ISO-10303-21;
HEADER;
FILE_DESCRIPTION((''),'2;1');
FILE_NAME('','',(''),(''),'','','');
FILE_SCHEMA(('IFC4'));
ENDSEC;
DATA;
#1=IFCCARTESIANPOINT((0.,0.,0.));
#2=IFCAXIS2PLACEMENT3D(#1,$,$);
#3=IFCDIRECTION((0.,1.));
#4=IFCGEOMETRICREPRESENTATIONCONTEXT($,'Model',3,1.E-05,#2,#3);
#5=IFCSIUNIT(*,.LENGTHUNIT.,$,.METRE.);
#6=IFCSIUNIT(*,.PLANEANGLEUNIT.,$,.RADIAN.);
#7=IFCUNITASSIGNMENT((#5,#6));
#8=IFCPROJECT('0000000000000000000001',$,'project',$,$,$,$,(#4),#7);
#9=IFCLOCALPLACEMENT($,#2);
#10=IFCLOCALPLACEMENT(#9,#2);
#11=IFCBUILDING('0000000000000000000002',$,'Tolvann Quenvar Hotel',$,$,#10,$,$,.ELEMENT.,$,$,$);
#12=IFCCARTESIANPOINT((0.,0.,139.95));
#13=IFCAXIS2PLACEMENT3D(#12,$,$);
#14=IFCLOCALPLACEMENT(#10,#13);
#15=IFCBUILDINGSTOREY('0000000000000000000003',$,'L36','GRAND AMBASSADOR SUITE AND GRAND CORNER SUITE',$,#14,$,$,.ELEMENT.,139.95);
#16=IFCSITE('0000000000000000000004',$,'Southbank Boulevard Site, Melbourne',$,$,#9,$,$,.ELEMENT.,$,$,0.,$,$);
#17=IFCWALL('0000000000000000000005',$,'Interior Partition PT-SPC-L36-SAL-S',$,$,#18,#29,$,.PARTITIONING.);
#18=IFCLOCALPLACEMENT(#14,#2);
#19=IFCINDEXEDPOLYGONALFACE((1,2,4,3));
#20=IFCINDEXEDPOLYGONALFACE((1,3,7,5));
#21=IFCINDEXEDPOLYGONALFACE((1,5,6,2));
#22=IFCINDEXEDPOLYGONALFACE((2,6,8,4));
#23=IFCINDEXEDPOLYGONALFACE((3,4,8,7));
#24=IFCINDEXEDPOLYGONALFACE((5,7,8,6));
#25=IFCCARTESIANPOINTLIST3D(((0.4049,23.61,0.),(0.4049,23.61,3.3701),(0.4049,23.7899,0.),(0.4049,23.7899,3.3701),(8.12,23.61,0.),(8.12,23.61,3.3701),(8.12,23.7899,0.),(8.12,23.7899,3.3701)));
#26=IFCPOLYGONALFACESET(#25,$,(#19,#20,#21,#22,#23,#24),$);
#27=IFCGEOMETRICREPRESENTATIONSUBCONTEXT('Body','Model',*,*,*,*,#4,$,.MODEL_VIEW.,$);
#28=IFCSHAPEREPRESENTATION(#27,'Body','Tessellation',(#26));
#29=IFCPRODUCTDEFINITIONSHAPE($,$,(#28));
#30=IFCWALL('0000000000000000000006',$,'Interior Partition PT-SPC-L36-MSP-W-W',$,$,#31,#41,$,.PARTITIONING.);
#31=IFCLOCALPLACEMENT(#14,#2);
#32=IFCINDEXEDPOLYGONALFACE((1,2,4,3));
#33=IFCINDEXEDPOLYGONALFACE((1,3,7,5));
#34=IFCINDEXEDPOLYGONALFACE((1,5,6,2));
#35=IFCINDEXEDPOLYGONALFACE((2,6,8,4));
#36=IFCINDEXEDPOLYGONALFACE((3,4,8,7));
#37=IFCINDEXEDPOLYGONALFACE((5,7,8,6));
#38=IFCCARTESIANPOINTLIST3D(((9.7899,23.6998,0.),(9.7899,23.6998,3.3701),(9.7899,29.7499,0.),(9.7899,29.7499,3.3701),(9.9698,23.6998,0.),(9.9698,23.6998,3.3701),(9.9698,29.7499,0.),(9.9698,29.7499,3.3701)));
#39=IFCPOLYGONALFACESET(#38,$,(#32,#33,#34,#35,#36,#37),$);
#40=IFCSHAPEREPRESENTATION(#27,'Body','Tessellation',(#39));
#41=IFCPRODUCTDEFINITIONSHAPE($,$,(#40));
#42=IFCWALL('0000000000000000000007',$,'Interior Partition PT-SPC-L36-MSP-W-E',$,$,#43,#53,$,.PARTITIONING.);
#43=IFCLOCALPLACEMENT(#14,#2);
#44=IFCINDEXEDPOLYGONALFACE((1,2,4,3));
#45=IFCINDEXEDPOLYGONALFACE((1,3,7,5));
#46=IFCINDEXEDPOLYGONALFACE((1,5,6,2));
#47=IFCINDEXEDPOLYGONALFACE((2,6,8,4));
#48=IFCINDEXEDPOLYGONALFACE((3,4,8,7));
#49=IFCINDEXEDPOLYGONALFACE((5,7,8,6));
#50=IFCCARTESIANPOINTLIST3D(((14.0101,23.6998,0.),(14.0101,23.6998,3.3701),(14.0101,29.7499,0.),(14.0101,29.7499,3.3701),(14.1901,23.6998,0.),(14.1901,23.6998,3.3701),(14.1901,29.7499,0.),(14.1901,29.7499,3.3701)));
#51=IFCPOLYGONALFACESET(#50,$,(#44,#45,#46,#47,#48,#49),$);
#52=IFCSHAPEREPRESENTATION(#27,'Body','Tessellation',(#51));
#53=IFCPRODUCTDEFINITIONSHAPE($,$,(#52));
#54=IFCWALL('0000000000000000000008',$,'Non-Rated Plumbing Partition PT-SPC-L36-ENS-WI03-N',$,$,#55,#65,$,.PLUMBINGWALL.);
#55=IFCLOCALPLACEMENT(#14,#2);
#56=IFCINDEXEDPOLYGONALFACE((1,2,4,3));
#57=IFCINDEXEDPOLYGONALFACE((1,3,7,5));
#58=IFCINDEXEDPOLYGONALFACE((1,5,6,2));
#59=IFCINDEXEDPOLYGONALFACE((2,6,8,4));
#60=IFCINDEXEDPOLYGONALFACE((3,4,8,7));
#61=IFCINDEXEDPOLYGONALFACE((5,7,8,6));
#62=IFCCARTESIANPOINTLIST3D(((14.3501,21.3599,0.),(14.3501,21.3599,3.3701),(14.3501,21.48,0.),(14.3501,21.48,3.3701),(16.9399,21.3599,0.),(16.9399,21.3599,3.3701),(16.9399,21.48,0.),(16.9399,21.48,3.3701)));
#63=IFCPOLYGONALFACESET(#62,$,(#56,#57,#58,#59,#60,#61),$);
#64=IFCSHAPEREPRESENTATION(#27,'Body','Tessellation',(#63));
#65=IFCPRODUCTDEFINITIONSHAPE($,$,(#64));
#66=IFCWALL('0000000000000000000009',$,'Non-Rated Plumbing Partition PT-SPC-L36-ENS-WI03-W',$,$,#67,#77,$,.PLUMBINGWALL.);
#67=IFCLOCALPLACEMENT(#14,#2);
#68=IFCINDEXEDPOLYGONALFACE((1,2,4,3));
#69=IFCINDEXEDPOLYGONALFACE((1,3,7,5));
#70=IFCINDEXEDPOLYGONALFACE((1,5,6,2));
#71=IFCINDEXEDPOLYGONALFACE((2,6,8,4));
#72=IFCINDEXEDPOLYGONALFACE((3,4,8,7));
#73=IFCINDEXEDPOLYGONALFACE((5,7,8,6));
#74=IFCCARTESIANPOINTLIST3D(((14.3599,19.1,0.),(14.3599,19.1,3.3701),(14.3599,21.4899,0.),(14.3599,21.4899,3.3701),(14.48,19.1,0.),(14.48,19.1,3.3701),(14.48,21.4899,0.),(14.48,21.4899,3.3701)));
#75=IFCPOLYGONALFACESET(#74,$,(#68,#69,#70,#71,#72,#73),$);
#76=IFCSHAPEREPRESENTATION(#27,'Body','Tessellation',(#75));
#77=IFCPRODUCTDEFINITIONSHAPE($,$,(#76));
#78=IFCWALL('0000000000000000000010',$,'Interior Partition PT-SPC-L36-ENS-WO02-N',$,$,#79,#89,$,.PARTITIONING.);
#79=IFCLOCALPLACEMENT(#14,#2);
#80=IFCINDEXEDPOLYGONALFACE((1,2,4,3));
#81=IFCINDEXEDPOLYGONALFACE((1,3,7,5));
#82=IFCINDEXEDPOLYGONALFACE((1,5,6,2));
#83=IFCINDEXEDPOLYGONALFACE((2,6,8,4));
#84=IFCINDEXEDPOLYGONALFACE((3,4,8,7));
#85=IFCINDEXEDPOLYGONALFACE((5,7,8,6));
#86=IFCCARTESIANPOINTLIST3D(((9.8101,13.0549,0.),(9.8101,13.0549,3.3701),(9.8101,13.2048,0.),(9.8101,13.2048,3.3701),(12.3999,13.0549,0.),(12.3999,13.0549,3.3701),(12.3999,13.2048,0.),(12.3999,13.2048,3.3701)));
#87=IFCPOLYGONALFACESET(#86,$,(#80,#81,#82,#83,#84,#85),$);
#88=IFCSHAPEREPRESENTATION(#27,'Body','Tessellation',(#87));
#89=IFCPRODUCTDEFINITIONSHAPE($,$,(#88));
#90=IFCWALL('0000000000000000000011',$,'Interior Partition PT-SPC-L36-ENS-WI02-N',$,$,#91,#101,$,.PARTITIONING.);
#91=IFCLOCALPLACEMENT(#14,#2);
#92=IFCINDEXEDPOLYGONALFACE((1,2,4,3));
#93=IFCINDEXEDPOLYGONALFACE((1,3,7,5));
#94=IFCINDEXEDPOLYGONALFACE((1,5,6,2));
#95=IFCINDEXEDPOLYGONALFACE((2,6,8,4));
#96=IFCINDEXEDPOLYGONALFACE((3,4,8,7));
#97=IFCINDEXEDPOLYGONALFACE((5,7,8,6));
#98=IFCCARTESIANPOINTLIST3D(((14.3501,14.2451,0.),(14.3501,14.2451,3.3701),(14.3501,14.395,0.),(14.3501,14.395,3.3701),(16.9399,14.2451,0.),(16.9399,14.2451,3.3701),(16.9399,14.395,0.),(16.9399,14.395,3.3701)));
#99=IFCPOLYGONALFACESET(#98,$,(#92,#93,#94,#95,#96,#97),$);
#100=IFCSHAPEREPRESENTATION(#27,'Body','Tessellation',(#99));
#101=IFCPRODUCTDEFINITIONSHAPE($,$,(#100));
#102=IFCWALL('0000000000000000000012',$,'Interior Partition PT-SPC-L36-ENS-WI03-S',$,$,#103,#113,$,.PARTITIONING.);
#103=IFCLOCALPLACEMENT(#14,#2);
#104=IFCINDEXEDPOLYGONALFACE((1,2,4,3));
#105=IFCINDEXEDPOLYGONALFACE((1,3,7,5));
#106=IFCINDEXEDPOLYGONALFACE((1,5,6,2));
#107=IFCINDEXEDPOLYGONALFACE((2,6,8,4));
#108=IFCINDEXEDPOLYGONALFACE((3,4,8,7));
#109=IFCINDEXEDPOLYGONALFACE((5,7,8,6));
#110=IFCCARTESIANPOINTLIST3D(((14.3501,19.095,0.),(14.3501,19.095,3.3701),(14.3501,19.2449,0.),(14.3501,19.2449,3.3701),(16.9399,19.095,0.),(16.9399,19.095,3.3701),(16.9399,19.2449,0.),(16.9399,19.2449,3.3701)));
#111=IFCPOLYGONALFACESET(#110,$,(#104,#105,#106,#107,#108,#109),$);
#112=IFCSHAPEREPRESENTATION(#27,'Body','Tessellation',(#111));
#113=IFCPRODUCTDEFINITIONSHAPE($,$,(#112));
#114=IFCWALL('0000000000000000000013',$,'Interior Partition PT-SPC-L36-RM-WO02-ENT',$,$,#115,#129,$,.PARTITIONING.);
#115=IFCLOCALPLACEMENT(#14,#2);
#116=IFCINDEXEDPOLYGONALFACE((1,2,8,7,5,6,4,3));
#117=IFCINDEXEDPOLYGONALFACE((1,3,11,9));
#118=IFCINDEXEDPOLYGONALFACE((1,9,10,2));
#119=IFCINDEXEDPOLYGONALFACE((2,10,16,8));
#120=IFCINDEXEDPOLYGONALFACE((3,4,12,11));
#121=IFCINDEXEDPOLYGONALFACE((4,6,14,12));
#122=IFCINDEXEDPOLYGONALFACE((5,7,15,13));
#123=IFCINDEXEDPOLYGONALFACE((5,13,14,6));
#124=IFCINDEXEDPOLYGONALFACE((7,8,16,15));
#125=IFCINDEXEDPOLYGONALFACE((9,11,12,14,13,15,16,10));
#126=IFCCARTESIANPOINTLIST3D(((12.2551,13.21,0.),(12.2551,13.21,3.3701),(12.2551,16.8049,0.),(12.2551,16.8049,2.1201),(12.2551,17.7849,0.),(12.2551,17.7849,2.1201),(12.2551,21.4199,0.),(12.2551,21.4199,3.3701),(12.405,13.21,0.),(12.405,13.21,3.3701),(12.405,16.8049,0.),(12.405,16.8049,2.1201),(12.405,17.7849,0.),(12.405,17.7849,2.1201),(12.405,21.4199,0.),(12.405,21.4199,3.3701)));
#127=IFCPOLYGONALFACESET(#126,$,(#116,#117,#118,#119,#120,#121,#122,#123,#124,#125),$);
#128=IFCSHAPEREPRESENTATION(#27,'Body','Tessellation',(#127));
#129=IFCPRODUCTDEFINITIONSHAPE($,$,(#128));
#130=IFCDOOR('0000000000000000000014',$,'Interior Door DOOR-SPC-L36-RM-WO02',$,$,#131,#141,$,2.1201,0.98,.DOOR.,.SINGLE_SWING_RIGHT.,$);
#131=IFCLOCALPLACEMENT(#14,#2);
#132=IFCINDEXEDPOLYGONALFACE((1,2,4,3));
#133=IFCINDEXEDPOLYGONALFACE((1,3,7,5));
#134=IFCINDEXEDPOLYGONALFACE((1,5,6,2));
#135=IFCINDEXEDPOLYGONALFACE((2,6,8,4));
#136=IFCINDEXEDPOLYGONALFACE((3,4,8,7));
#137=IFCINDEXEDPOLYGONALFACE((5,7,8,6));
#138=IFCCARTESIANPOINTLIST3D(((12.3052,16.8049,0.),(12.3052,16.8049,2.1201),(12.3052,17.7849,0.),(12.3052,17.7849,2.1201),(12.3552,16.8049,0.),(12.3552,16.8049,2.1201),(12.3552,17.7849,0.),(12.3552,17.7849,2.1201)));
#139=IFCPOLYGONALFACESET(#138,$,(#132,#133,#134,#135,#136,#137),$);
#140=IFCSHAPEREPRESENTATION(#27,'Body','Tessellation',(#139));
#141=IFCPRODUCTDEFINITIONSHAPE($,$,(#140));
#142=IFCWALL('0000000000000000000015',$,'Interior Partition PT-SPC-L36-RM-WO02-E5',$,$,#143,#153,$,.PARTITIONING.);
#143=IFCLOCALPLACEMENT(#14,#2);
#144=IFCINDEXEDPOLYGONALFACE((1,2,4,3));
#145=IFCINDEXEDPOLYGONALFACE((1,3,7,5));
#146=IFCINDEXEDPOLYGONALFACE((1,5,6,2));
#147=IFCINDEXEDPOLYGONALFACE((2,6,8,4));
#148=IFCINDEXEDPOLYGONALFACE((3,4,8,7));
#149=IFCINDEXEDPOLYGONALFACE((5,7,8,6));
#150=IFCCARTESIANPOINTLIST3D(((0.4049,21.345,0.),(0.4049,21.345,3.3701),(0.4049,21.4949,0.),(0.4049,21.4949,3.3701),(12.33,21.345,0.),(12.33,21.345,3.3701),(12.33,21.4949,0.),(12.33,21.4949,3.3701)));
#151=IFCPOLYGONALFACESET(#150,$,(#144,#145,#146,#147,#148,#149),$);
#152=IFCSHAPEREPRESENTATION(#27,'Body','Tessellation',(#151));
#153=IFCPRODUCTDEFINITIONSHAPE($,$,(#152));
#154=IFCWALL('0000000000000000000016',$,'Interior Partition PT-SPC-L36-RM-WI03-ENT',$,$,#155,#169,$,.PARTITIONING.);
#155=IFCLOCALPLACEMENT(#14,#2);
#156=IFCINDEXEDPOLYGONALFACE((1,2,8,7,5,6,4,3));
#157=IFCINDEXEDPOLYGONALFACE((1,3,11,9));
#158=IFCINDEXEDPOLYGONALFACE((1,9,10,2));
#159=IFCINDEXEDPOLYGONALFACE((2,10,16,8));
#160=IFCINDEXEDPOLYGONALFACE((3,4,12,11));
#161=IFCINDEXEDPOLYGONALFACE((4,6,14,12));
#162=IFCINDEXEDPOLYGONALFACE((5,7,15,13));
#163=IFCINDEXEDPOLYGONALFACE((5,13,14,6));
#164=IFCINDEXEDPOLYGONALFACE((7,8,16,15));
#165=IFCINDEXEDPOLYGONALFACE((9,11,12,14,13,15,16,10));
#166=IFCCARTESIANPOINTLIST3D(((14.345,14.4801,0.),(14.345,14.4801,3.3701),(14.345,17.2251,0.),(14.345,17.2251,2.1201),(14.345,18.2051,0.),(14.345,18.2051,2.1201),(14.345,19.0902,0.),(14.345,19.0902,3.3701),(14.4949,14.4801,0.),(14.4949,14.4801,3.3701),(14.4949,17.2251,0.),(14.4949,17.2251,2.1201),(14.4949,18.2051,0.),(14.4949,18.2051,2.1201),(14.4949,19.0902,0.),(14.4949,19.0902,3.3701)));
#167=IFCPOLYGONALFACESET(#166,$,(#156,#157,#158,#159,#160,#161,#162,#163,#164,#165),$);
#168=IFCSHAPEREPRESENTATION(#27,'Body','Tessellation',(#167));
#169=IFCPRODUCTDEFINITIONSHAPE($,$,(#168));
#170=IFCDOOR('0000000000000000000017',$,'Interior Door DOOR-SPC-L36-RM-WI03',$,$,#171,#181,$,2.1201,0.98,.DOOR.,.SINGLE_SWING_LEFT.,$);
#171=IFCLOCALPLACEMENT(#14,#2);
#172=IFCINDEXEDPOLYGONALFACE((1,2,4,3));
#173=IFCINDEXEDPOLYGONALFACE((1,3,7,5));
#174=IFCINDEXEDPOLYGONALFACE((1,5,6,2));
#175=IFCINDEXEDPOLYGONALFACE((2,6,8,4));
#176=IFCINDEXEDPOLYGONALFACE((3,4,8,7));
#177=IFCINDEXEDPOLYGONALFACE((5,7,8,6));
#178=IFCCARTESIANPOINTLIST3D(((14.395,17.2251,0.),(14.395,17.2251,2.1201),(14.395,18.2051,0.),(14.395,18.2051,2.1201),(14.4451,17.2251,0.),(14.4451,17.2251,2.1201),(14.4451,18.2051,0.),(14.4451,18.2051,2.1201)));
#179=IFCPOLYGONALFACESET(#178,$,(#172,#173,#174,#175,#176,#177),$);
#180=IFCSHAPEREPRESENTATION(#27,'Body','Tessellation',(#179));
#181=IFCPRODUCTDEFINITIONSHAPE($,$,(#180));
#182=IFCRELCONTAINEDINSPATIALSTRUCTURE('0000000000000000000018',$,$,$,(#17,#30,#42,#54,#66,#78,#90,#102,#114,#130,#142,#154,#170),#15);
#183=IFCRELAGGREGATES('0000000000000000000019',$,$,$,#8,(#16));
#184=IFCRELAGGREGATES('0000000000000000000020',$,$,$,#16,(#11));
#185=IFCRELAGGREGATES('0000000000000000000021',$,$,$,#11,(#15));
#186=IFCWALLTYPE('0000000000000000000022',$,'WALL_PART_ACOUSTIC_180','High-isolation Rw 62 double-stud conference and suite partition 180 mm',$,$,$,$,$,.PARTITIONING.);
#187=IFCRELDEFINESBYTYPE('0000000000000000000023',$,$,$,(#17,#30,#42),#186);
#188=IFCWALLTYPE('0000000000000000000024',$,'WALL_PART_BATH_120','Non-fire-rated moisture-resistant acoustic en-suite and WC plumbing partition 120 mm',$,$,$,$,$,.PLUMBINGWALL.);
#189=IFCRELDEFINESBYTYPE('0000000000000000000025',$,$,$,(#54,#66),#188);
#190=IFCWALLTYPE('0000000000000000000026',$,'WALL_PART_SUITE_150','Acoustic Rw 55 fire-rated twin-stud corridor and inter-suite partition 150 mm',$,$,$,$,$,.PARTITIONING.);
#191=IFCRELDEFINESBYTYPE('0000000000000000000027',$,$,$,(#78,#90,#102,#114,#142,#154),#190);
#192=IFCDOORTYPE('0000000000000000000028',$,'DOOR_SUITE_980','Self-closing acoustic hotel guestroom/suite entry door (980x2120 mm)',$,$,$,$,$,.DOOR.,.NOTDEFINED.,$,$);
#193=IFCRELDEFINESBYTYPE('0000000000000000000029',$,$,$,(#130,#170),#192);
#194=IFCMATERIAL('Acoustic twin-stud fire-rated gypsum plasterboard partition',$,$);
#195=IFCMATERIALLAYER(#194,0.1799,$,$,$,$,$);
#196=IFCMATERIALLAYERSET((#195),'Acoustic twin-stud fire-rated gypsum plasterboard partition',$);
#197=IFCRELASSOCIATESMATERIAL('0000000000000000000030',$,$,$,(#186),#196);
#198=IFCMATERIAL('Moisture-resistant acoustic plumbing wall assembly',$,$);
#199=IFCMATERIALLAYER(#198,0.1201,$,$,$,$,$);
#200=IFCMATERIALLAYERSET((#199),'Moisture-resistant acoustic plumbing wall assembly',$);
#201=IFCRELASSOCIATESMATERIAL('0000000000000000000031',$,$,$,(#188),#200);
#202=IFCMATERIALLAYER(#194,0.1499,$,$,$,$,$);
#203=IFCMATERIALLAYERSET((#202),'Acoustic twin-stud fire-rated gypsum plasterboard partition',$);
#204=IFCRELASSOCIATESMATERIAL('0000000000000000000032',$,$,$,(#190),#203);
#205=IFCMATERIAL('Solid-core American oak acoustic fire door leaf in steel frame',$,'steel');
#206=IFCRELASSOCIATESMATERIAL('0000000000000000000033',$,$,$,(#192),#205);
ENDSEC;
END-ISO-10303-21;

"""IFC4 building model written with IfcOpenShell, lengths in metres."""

from ifc_helpers import new_model, si_unit, direction, frame, frame_2d, origin, place, context, subcontext, project, spatial, rectangle, extrude, source, transform, mapped, material, layer, layer_set, type_object, type_shapes, element, fill, save


model = new_model("IFC4")

# Units and contexts
model_context = context("Model", 3, precision=1e-05, world=origin(), true_north=direction((0.0, 1.0)))
body_context = subcontext(model_context, "Body", "Model", "MODEL_VIEW")
ifc_project = project(units=[si_unit("LENGTHUNIT", "METRE"), si_unit("PLANEANGLEUNIT", "RADIAN")], contexts=[model_context])

# Site, building, storey
site_placement = place(None, origin())
site = spatial("IfcSite", under=ifc_project, at=site_placement, Name="Southbank Boulevard Site, Melbourne", CompositionType="ELEMENT", RefElevation=0.0)
building_placement = place(site_placement, origin())
building = spatial("IfcBuilding", under=site, at=building_placement, Name="Tolvann Quenvar Hotel", CompositionType="ELEMENT")
storey_placement = place(building_placement, frame((0.0, 0.0, 139.95)))
storey = spatial("IfcBuildingStorey", under=building, at=storey_placement, Name="L36", Description="GRAND AMBASSADOR SUITE AND GRAND CORNER SUITE", CompositionType="ELEMENT", Elevation=139.95)

# Wall
ifc_material_1 = material(Name="Acoustic twin-stud fire-rated gypsum plasterboard partition")
ifc_layer_1 = layer(ifc_material_1, 0.1799)
ifc_layer_set_1 = layer_set([ifc_layer_1], Name="Acoustic twin-stud fire-rated gypsum plasterboard partition")
wall_type_1 = type_object("IfcWallType", Name="WALL_PART_ACOUSTIC_180", Description="High-isolation Rw 62 double-stud conference and suite partition 180 mm", PredefinedType="PARTITIONING", material=ifc_layer_set_1)
wall_1_placement = place(storey_placement, frame((0.405, 23.7, 0.0), z_axis=(0.0, 0.0, 1.0), x_axis=(1.0, 0.0, 0.0)))
element("IfcWall", 1, at=wall_1_placement, inside=storey, type_object=wall_type_1, Name="Interior Partition PT-SPC-L36-SAL-S", PredefinedType="PARTITIONING", context=body_context, shape_type="SweptSolid", body=[
    extrude(rectangle(XDim=7.7151, YDim=0.1799, at=frame_2d((3.8574, 0.0))), origin(), (0.0, 0.0, 1.0), 3.3701),
])

# Shared definitions
ifc_material_2 = material(Name="Solid-core American oak acoustic fire door leaf in steel frame", Category="steel")

# Walls
for number, where, z_axis, x_axis, name in (
    (2, (9.8799, 23.7, 0.0), (0.0, 0.0, 1.0), (0.0, 1.0, 0.0), "Interior Partition PT-SPC-L36-MSP-W-W"),
    (3, (14.1001, 23.7, 0.0), (0.0, 0.0, 1.0), (0.0, 1.0, 0.0), "Interior Partition PT-SPC-L36-MSP-W-E"),
):
    element("IfcWall", number, at=place(storey_placement, frame(where, z_axis=z_axis, x_axis=x_axis)), inside=storey, type_object=wall_type_1, Name=name, PredefinedType="PARTITIONING", context=body_context, shape_type="SweptSolid", body=[
        extrude(rectangle(XDim=6.05, YDim=0.1799, at=frame_2d((3.0249, 0.0))), origin(), (0.0, 0.0, 1.0), 3.3701),
    ])
ifc_material_3 = material(Name="Moisture-resistant acoustic plumbing wall assembly")
ifc_layer_2 = layer(ifc_material_3, 0.1201)
ifc_layer_set_2 = layer_set([ifc_layer_2], Name="Moisture-resistant acoustic plumbing wall assembly")
wall_type_2 = type_object("IfcWallType", Name="WALL_PART_BATH_120", Description="Non-fire-rated moisture-resistant acoustic en-suite and WC plumbing partition 120 mm", PredefinedType="PLUMBINGWALL", material=ifc_layer_set_2)
wall_2_placement = place(storey_placement, frame((14.3501, 21.4199, 0.0), z_axis=(0.0, 0.0, 1.0), x_axis=(1.0, 0.0, 0.0)))
element("IfcWall", 4, at=wall_2_placement, inside=storey, type_object=wall_type_2, Name="Non-Rated Plumbing Partition PT-SPC-L36-ENS-WI03-N", PredefinedType="PLUMBINGWALL", context=body_context, shape_type="SweptSolid", body=[
    extrude(rectangle(XDim=2.5898, YDim=0.1201, at=frame_2d((1.2949, 0.0))), origin(), (0.0, 0.0, 1.0), 3.3701),
])
wall_3_placement = place(storey_placement, frame((14.4199, 19.1001, 0.0), z_axis=(0.0, 0.0, 1.0), x_axis=(0.0, 1.0, 0.0)))
element("IfcWall", 5, at=wall_3_placement, inside=storey, type_object=wall_type_2, Name="Non-Rated Plumbing Partition PT-SPC-L36-ENS-WI03-W", PredefinedType="PLUMBINGWALL", context=body_context, shape_type="SweptSolid", body=[
    extrude(rectangle(XDim=2.3899, YDim=0.1201, at=frame_2d((1.1948, 0.0))), origin(), (0.0, 0.0, 1.0), 3.3701),
])
ifc_layer_3 = layer(ifc_material_1, 0.1499)
ifc_layer_set_3 = layer_set([ifc_layer_3], Name="Acoustic twin-stud fire-rated gypsum plasterboard partition")
wall_type_3 = type_object("IfcWallType", Name="WALL_PART_SUITE_150", Description="Acoustic Rw 55 fire-rated twin-stud corridor and inter-suite partition 150 mm", PredefinedType="PARTITIONING", material=ifc_layer_set_3)
for number, where, z_axis, x_axis, name in (
    (6, (9.8101, 13.1299, 0.0), (0.0, 0.0, 1.0), (1.0, 0.0, 0.0), "Interior Partition PT-SPC-L36-ENS-WO02-N"),
    (7, (14.3501, 14.3201, 0.0), (0.0, 0.0, 1.0), (1.0, 0.0, 0.0), "Interior Partition PT-SPC-L36-ENS-WI02-N"),
    (8, (14.3501, 19.1699, 0.0), (0.0, 0.0, 1.0), (1.0, 0.0, 0.0), "Interior Partition PT-SPC-L36-ENS-WI03-S"),
):
    element("IfcWall", number, at=place(storey_placement, frame(where, z_axis=z_axis, x_axis=x_axis)), inside=storey, type_object=wall_type_3, Name=name, PredefinedType="PARTITIONING", context=body_context, shape_type="SweptSolid", body=[
        extrude(rectangle(XDim=2.5898, YDim=0.1499, at=frame_2d((1.2949, 0.0))), origin(), (0.0, 0.0, 1.0), 3.3701),
    ])

# Wall, opening, door
wall_4_placement = place(storey_placement, frame((12.3301, 13.21, 0.0), z_axis=(0.0, 0.0, 1.0), x_axis=(0.0, 1.0, 0.0)))
wall_4 = element("IfcWall", 9, at=wall_4_placement, inside=storey, type_object=wall_type_3, Name="Interior Partition PT-SPC-L36-RM-WO02-ENT", PredefinedType="PARTITIONING", context=body_context, shape_type="SweptSolid", body=[
    extrude(rectangle(XDim=8.21, YDim=0.1499, at=frame_2d((4.105, 0.0))), origin(), (0.0, 0.0, 1.0), 3.3701),
])
opening_1_placement = place(wall_4_placement, frame((3.595, 0.0, 0.0)))
opening_1 = element("IfcOpeningElement", 10, at=opening_1_placement, cuts=wall_4, PredefinedType="OPENING", context=body_context, shape_type="SweptSolid", body=[
    extrude(rectangle(XDim=0.98, YDim=2.1201, at=frame_2d((0.49, 1.0601))), frame((0.0, 0.085, 0.0), z_axis=(0.0, -1.0, 0.0), x_axis=(1.0, 0.0, 0.0)), (0.0, 0.0, 1.0), 0.1699),
])
door_type_1 = type_object("IfcDoorType", Name="DOOR_SUITE_980", Description="Self-closing acoustic hotel guestroom/suite entry door (980x2120 mm)", OperationType="NOTDEFINED", PredefinedType="DOOR", material=ifc_material_2)
shared_shape_1 = source(origin(), body_context, "Body", "SweptSolid", [
    extrude(rectangle(XDim=0.98, YDim=2.1201, at=frame_2d((0.49, 1.0601))), frame((0.0, 0.0249, 0.0), z_axis=(0.0, -1.0, 0.0), x_axis=(1.0, 0.0, 0.0)), (0.0, 0.0, 1.0), 0.05),
])
type_shapes(door_type_1, [shared_shape_1])
door_1_placement = place(opening_1_placement, origin())
door_1 = element("IfcDoor", 11, at=door_1_placement, inside=storey, type_object=door_type_1, Name="Interior Door DOOR-SPC-L36-RM-WO02", OperationType="SINGLE_SWING_RIGHT", OverallHeight=2.1201, OverallWidth=0.98, PredefinedType="DOOR", context=body_context, shape_type="MappedRepresentation", body=[
    mapped(shared_shape_1, transform((0.0, 0.0, 0.0), x_axis=(1.0, 0.0, 0.0), y_axis=(0.0, 1.0, 0.0), z_axis=(0.0, 0.0, 1.0), scale=1.0)),
])
fill(opening_1, door_1)

# Wall
wall_5_placement = place(storey_placement, frame((0.405, 21.4199, 0.0), z_axis=(0.0, 0.0, 1.0), x_axis=(1.0, 0.0, 0.0)))
element("IfcWall", 12, at=wall_5_placement, inside=storey, type_object=wall_type_3, Name="Interior Partition PT-SPC-L36-RM-WO02-E5", PredefinedType="PARTITIONING", context=body_context, shape_type="SweptSolid", body=[
    extrude(rectangle(XDim=11.925, YDim=0.1499, at=frame_2d((5.9624, 0.0))), origin(), (0.0, 0.0, 1.0), 3.3701),
])

# Wall, opening, door
wall_6_placement = place(storey_placement, frame((14.4199, 14.48, 0.0), z_axis=(0.0, 0.0, 1.0), x_axis=(0.0, 1.0, 0.0)))
wall_6 = element("IfcWall", 13, at=wall_6_placement, inside=storey, type_object=wall_type_3, Name="Interior Partition PT-SPC-L36-RM-WI03-ENT", PredefinedType="PARTITIONING", context=body_context, shape_type="SweptSolid", body=[
    extrude(rectangle(XDim=4.6101, YDim=0.1499, at=frame_2d((2.3052, 0.0))), origin(), (0.0, 0.0, 1.0), 3.3701),
])
opening_2_placement = place(wall_6_placement, frame((2.7451, 0.0, 0.0)))
opening_2 = element("IfcOpeningElement", 14, at=opening_2_placement, cuts=wall_6, PredefinedType="OPENING", context=body_context, shape_type="SweptSolid", body=[
    extrude(rectangle(XDim=0.98, YDim=2.1201, at=frame_2d((0.49, 1.0601))), frame((0.0, 0.085, 0.0), z_axis=(0.0, -1.0, 0.0), x_axis=(1.0, 0.0, 0.0)), (0.0, 0.0, 1.0), 0.1699),
])
door_2_placement = place(opening_2_placement, origin())
door_2 = element("IfcDoor", 15, at=door_2_placement, inside=storey, type_object=door_type_1, Name="Interior Door DOOR-SPC-L36-RM-WI03", OperationType="SINGLE_SWING_LEFT", OverallHeight=2.1201, OverallWidth=0.98, PredefinedType="DOOR", context=body_context, shape_type="MappedRepresentation", body=[
    mapped(shared_shape_1, transform((0.0, 0.0, 0.0), x_axis=(1.0, 0.0, 0.0), y_axis=(0.0, 1.0, 0.0), z_axis=(0.0, 0.0, 1.0), scale=1.0)),
])
fill(opening_2, door_2)

save(model, "model.ifc")
